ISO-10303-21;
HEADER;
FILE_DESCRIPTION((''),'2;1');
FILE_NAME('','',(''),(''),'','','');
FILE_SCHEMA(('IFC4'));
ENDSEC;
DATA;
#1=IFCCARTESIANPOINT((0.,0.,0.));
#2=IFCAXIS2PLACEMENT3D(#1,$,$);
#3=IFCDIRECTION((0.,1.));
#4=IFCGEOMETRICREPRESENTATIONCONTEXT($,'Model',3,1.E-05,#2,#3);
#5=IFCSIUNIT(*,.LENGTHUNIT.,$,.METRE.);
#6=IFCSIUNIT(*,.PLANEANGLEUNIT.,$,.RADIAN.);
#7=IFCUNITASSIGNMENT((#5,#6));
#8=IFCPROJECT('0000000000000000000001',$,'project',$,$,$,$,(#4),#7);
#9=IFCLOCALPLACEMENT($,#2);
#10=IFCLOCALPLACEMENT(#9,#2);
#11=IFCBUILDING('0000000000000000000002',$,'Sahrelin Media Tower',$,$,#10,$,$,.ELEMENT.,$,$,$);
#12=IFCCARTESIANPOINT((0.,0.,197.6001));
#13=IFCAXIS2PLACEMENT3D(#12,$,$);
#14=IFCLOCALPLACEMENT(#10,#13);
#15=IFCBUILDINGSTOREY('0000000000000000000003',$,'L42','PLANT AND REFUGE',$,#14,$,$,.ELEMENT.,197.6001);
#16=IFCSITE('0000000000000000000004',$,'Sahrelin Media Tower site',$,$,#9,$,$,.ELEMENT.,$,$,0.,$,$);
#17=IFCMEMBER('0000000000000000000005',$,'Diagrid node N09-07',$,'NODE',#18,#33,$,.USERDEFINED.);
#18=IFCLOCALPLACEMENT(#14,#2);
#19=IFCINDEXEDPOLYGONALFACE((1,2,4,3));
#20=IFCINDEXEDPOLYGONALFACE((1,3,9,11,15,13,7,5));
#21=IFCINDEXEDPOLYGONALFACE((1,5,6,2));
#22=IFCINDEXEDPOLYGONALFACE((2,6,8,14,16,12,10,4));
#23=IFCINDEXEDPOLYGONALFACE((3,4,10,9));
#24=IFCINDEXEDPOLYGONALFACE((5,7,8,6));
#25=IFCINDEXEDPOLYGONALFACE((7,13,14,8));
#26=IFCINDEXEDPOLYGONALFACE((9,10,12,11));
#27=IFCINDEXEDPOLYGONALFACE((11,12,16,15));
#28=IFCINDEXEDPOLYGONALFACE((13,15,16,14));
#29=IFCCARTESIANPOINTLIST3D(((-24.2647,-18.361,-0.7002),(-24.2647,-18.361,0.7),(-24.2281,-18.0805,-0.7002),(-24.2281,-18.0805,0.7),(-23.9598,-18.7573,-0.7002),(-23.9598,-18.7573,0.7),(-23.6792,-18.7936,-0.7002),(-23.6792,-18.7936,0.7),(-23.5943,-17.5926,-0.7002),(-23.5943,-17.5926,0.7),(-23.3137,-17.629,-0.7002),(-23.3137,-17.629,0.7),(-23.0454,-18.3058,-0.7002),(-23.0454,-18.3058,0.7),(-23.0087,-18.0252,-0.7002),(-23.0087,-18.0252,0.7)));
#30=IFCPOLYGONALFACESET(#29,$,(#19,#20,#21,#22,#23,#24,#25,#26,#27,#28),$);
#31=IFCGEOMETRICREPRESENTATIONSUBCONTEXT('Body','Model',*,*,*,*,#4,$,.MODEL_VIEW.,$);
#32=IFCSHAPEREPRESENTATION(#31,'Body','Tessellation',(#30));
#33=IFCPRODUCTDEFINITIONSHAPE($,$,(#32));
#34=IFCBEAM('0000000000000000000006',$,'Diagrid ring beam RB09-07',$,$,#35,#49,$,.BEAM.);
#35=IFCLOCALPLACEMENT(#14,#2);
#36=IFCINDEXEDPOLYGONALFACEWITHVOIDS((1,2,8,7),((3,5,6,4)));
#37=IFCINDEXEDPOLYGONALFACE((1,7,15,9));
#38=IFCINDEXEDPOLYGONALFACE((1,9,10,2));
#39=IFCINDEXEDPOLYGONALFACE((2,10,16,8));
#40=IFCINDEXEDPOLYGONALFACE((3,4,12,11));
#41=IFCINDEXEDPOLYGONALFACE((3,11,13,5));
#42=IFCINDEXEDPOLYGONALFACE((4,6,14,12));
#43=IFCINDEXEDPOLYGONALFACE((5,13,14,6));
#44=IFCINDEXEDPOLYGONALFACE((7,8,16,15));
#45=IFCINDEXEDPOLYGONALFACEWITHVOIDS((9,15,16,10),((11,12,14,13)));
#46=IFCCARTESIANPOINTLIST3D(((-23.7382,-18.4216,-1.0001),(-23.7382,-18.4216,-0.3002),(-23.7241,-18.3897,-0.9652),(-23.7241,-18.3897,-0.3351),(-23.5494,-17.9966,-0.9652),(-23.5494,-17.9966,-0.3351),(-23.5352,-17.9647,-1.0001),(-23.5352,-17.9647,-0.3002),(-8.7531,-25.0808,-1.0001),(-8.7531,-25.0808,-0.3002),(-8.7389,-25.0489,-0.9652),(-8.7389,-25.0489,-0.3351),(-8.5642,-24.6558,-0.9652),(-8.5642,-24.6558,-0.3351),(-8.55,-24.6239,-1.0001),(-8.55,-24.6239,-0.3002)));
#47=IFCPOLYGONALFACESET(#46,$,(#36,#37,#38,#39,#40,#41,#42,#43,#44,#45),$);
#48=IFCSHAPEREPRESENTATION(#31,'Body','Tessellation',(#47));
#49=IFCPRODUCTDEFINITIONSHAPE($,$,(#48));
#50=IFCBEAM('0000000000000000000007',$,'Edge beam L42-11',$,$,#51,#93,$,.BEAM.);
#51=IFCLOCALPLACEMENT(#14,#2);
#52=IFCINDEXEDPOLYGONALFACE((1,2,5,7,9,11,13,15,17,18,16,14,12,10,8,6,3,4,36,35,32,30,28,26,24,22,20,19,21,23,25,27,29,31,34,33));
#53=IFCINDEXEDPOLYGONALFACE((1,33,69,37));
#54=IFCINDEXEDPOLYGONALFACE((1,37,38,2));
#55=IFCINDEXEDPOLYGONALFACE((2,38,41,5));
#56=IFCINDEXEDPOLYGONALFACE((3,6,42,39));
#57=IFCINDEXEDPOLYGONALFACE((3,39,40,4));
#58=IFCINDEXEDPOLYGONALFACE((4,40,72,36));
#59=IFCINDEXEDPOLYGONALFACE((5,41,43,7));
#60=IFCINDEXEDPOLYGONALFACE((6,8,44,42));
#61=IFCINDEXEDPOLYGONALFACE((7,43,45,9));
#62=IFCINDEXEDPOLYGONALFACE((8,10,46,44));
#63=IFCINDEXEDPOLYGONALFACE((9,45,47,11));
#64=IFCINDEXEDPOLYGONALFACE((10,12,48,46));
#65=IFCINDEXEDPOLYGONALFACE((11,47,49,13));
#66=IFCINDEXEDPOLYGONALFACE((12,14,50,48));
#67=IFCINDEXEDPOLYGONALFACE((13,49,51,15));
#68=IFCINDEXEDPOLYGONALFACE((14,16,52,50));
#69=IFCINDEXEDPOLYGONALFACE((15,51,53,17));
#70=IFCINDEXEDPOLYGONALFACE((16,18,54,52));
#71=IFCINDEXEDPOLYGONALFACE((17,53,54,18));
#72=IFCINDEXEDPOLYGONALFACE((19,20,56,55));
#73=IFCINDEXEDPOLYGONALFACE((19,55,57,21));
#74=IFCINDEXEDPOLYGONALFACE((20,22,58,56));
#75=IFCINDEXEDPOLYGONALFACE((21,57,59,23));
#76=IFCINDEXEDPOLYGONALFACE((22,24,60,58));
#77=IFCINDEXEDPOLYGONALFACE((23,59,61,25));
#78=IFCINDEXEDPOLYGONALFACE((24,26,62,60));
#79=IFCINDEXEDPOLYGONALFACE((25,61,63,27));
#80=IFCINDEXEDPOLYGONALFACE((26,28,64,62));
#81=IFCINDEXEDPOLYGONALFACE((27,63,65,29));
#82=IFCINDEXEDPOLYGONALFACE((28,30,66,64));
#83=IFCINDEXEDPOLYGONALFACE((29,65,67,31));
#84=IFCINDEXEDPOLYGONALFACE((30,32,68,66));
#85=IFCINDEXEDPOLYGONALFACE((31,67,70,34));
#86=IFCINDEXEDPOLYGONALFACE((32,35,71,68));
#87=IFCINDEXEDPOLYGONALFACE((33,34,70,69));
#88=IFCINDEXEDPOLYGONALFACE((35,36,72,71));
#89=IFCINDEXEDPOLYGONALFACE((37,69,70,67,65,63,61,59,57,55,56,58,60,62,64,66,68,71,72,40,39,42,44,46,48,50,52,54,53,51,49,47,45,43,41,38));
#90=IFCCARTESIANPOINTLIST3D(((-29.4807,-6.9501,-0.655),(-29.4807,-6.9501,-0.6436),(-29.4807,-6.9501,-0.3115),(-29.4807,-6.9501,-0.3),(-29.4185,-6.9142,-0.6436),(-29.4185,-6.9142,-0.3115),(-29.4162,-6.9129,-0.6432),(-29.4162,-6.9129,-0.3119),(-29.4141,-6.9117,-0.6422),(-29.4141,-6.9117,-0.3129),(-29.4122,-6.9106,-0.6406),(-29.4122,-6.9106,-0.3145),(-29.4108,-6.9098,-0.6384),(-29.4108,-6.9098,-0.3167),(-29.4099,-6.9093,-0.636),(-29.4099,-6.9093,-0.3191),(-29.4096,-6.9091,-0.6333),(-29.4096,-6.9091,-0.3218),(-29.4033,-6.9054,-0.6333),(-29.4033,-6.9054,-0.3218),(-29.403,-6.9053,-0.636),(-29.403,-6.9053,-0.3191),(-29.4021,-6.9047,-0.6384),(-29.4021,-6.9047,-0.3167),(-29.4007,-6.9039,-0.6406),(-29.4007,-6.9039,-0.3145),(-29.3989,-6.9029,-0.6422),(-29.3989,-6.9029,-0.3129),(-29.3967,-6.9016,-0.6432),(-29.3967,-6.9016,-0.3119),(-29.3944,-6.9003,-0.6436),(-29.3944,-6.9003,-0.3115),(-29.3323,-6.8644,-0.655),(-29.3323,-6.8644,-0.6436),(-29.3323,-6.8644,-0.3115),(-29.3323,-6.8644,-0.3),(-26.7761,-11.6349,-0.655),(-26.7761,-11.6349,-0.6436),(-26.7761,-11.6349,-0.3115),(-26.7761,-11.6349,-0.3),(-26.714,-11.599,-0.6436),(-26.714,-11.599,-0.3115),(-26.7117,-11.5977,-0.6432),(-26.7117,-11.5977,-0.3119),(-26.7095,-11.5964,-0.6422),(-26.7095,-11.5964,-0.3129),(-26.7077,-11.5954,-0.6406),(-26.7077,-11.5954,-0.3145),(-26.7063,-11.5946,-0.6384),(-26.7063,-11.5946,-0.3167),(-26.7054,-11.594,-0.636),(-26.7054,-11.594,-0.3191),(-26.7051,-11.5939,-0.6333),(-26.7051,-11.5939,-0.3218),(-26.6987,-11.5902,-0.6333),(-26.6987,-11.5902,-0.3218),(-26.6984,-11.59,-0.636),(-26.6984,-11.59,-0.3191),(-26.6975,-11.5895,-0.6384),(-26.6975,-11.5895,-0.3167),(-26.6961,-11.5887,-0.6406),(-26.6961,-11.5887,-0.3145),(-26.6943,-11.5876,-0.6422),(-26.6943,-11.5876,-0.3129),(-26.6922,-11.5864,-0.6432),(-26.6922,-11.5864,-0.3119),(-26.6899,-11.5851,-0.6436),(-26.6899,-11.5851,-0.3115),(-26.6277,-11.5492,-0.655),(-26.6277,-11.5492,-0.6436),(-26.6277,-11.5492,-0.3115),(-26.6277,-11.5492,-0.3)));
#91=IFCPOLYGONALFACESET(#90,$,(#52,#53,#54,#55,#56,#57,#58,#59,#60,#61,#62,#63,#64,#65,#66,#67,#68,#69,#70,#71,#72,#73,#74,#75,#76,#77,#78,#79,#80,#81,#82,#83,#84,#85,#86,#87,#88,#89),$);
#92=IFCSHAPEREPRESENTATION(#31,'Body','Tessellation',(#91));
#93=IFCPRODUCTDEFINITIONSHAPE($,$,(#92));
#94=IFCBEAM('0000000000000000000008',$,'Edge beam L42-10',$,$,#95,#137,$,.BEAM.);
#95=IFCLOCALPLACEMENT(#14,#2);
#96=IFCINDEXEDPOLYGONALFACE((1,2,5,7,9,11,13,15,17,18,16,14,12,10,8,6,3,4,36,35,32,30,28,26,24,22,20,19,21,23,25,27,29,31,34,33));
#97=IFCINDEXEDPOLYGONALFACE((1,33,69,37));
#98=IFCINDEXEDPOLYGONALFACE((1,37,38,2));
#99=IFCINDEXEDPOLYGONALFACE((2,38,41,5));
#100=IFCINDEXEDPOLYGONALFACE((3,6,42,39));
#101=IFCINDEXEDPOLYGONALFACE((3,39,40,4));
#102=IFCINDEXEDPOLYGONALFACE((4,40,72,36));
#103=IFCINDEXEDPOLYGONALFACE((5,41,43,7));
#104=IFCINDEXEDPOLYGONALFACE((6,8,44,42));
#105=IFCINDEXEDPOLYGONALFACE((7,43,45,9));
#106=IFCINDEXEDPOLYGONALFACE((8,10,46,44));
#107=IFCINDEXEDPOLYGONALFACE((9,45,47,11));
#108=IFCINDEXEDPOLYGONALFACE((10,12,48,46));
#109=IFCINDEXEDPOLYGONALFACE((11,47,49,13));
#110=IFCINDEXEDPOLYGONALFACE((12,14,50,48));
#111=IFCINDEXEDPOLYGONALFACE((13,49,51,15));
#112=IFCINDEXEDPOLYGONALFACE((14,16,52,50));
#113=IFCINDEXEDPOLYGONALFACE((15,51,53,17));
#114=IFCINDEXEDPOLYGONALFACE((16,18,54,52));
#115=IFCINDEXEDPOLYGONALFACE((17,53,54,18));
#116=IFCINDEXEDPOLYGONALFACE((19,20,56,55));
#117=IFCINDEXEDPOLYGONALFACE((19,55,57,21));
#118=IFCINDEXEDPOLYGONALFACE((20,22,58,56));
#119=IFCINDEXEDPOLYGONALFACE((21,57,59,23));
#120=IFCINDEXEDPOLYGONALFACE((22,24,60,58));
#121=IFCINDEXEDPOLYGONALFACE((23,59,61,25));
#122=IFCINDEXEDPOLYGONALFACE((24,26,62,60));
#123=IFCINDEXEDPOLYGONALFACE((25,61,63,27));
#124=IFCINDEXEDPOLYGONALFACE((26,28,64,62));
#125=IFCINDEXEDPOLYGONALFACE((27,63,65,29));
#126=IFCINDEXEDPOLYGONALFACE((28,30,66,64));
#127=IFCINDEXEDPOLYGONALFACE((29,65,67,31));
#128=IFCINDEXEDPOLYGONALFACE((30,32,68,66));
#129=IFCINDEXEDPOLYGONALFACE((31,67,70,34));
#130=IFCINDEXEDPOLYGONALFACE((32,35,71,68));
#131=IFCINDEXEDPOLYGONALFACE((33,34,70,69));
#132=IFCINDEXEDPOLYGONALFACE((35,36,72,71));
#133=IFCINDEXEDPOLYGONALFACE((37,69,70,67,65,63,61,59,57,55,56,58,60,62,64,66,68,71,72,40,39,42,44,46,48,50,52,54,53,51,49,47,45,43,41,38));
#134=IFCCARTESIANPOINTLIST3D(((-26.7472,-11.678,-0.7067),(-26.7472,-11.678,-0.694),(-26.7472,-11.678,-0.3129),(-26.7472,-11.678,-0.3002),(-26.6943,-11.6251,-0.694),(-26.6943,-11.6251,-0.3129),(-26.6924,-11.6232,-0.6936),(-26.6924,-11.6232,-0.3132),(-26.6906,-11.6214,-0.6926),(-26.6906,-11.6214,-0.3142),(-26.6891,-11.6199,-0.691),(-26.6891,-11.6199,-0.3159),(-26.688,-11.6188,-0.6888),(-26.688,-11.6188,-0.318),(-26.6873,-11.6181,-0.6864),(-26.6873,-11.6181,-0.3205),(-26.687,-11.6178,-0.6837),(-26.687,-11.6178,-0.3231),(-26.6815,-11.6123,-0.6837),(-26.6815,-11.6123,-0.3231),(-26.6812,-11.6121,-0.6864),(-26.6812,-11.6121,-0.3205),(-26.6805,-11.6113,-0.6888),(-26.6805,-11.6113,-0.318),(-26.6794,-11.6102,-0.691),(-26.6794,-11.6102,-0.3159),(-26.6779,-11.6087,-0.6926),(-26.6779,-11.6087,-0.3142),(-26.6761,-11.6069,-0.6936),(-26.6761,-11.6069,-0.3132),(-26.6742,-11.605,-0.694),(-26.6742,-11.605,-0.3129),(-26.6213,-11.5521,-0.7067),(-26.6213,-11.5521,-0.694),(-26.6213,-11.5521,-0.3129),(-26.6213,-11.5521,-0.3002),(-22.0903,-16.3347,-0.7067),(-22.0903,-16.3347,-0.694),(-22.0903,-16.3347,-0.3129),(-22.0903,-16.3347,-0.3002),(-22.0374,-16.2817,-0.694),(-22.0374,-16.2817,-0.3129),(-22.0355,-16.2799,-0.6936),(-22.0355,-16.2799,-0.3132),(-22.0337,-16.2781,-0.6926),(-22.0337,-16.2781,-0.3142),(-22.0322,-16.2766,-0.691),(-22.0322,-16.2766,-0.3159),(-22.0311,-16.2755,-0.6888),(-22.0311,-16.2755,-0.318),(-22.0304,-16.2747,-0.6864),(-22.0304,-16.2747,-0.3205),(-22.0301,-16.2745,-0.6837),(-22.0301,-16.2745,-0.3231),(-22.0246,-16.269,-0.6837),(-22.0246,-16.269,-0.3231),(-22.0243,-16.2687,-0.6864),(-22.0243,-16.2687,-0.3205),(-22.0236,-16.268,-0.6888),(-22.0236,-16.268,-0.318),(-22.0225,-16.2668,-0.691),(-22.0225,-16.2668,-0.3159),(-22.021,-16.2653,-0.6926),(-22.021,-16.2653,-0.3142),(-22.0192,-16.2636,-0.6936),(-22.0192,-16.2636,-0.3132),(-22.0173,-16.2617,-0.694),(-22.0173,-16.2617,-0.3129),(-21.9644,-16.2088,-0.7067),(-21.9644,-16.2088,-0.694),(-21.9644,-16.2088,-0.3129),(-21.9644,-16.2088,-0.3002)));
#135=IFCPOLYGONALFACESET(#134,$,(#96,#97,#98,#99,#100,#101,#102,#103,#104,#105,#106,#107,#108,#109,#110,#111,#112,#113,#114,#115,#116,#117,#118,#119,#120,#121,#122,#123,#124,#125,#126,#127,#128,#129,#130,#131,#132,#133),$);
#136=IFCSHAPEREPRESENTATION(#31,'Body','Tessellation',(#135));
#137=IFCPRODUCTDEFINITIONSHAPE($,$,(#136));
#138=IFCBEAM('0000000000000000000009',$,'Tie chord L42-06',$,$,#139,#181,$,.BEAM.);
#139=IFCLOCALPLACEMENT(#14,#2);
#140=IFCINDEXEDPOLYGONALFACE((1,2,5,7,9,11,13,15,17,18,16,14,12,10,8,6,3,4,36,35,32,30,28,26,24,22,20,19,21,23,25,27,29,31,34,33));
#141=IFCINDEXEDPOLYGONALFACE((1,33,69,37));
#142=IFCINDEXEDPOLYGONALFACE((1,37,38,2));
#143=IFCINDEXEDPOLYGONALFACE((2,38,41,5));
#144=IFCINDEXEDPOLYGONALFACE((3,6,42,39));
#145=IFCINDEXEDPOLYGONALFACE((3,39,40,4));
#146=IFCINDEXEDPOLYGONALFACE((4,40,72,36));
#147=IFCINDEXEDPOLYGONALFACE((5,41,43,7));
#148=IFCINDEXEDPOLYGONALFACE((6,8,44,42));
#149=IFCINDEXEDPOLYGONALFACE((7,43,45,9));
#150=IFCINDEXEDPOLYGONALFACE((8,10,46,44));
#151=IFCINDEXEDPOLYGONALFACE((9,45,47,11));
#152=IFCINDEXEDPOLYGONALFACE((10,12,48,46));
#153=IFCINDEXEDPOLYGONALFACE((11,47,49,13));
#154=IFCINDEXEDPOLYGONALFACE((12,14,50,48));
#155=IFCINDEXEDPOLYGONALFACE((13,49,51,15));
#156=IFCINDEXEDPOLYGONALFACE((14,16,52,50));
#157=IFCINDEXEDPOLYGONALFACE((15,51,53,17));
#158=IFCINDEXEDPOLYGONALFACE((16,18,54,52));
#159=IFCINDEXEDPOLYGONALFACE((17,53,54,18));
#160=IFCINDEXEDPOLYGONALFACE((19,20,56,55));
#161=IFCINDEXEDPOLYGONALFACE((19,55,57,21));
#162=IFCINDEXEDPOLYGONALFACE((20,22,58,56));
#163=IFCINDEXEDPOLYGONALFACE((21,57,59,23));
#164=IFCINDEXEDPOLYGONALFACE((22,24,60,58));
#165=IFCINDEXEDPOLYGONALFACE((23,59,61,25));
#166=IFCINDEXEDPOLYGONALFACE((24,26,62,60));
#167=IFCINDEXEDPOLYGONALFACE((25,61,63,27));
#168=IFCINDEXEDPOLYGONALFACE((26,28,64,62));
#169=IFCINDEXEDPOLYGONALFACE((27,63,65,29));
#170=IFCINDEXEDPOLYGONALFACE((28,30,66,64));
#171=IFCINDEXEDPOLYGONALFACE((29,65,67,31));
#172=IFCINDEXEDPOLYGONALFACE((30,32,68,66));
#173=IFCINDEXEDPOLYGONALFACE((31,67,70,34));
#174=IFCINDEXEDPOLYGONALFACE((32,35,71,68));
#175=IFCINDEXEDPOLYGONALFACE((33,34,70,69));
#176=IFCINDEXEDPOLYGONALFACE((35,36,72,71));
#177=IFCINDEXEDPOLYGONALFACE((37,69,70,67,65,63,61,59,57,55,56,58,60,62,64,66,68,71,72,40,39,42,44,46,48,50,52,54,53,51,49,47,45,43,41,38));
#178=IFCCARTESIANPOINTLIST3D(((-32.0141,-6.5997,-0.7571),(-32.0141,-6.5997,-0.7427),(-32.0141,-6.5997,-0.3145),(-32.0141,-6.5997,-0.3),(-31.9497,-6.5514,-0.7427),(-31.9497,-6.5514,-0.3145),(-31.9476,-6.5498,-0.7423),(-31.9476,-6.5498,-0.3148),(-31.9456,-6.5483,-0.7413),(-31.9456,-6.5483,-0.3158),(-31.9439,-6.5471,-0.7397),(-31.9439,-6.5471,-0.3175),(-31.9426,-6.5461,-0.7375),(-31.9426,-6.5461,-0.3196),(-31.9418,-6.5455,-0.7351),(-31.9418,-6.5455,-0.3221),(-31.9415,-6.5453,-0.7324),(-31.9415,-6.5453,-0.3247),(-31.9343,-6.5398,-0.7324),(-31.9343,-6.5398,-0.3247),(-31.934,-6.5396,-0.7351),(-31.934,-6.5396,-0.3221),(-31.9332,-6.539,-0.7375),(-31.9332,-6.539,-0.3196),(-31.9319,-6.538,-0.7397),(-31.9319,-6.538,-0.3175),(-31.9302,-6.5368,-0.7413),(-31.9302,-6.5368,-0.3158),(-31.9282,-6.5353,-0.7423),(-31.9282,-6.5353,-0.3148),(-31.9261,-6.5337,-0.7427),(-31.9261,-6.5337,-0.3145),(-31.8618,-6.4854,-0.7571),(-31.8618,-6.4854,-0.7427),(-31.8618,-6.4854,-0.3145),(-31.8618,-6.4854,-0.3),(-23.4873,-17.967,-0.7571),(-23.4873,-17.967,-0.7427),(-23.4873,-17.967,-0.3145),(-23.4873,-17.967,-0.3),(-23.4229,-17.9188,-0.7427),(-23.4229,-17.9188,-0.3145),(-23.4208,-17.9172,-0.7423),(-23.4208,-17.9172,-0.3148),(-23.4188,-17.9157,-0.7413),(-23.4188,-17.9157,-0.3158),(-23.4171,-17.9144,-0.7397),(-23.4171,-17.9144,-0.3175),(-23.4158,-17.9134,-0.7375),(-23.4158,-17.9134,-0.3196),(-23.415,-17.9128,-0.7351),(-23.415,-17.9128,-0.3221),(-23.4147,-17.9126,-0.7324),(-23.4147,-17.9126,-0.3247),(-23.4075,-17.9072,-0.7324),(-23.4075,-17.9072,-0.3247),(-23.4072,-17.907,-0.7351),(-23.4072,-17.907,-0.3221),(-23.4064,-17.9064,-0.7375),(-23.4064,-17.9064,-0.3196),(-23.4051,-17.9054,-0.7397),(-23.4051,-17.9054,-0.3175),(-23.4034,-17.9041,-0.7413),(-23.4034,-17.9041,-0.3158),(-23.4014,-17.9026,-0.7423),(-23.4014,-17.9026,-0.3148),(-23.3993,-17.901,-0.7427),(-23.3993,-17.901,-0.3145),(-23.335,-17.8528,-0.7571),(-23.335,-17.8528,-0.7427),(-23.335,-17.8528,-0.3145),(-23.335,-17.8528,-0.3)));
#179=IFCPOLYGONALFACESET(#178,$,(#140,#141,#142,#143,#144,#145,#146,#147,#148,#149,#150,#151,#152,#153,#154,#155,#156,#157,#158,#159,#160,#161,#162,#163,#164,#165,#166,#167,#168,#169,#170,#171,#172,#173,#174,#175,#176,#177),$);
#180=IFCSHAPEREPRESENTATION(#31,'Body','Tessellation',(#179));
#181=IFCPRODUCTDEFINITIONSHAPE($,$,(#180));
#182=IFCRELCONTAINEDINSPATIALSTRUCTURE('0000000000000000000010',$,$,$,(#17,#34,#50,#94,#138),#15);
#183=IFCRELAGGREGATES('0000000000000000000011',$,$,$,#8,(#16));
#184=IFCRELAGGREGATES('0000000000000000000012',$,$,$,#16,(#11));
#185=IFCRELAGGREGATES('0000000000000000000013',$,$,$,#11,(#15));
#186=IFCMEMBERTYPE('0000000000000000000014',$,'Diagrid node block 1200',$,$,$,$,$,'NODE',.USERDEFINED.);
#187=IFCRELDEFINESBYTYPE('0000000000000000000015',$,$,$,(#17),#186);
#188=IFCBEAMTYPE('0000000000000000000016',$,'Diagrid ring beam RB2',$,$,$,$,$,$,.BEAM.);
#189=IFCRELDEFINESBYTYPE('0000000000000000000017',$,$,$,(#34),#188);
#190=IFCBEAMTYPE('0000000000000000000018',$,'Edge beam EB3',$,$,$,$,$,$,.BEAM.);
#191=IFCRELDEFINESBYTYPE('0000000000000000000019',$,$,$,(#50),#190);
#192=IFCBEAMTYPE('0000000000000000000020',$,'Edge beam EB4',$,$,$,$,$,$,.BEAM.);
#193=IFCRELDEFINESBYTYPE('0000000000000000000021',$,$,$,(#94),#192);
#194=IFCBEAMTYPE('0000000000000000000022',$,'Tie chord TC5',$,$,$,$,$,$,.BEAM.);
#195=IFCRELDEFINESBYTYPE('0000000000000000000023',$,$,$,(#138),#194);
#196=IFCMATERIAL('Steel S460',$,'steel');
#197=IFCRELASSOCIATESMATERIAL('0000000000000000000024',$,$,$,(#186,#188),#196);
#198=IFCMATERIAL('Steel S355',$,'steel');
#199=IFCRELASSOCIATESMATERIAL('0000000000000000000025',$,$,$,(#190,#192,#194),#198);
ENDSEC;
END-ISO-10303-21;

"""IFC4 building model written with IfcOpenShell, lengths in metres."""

from ifc_helpers import new_model, si_unit, direction, frame, origin, origin_2d, place, context, subcontext, project, spatial, polyline, hollow_rectangle, i_section, outline, extrude, material, material_profile, profile_set, type_object, element, save


model = new_model("IFC4")

# Units and contexts
model_context = context("Model", 3, precision=1e-05, world=origin(), true_north=direction((0.0, 1.0)))
body_context = subcontext(model_context, "Body", "Model", "MODEL_VIEW")
ifc_project = project(units=[si_unit("LENGTHUNIT", "METRE"), si_unit("PLANEANGLEUNIT", "RADIAN")], contexts=[model_context])

# Site, building, storey
site_placement = place(None, origin())
site = spatial("IfcSite", under=ifc_project, at=site_placement, Name="Sahrelin Media Tower site", CompositionType="ELEMENT", RefElevation=0.0)
building_placement = place(site_placement, origin())
building = spatial("IfcBuilding", under=site, at=building_placement, Name="Sahrelin Media Tower", CompositionType="ELEMENT")
storey_placement = place(building_placement, frame((0.0, 0.0, 197.6001)))
storey = spatial("IfcBuildingStorey", under=building, at=storey_placement, Name="L42", Description="PLANT AND REFUGE", CompositionType="ELEMENT", Elevation=197.6001)

# Member
ifc_material_1 = material(Name="Steel S460", Category="steel")
ifc_material_profile_1 = material_profile(ifc_material_1, outline(polyline([(0.3999, -0.45), (0.6001, -0.25), (0.6001, 0.25), (0.3999, 0.45), (-0.3999, 0.45), (-0.6001, 0.25), (-0.6001, -0.25), (-0.3999, -0.45), (0.3999, -0.45)])), Name="Diagrid node block 1200")
ifc_profile_set_1 = profile_set([ifc_material_profile_1], Name="Steel S460")
member_type_1 = type_object("IfcMemberType", Name="Diagrid node block 1200", ElementType="NODE", PredefinedType="USERDEFINED", material=ifc_profile_set_1)
member_1_placement = place(storey_placement, frame((-23.6367, -18.1931, -0.7002), z_axis=(0.0, 0.0, 1.0), x_axis=(-0.792446, -0.609942, 0.0)))
element("IfcMember", 1, at=member_1_placement, inside=storey, type_object=member_type_1, Name="Diagrid node N09-07", ObjectType="NODE", PredefinedType="USERDEFINED", context=body_context, shape_type="SweptSolid", body=[
    extrude(outline(polyline([(0.3999, -0.45), (0.6001, -0.25), (0.6001, 0.25), (0.3999, 0.45), (-0.3999, 0.45), (-0.6001, 0.25), (-0.6001, -0.25), (-0.3999, -0.45), (0.3999, -0.45)])), origin(), (0.0, 0.0, 1.0), 1.4001),
])

# Beams
ifc_material_profile_2 = material_profile(ifc_material_1, hollow_rectangle(XDim=0.5, YDim=0.7, WallThickness=0.0349, at=origin_2d()), Name="Diagrid ring beam RB2")
ifc_profile_set_2 = profile_set([ifc_material_profile_2], Name="Steel S460")
beam_type_1 = type_object("IfcBeamType", Name="Diagrid ring beam RB2", PredefinedType="BEAM", material=ifc_profile_set_2)
beam_1_placement = place(storey_placement, frame((-23.6367, -18.1931, -0.6501), z_axis=(0.913831, -0.406094, 0.0), x_axis=(0.406094, 0.913831, 0.0)))
element("IfcBeam", 2, at=beam_1_placement, inside=storey, type_object=beam_type_1, Name="Diagrid ring beam RB09-07", PredefinedType="BEAM", context=body_context, shape_type="SweptSolid", body=[
    extrude(hollow_rectangle(XDim=0.5, YDim=0.7, WallThickness=0.0349, at=origin_2d()), origin(), (0.0, 0.0, 1.0), 16.3982),
])
ifc_material_2 = material(Name="Steel S355", Category="steel")
ifc_material_profile_3 = material_profile(ifc_material_2, i_section(OverallWidth=0.1714, OverallDepth=0.355, WebThickness=0.0073, FlangeThickness=0.0115, FilletRadius=0.0103, at=origin_2d()), Name="UB 356x171x51")
ifc_profile_set_3 = profile_set([ifc_material_profile_3], Name="Steel S355")
beam_type_2 = type_object("IfcBeamType", Name="Edge beam EB3", PredefinedType="BEAM", material=ifc_profile_set_3)
beam_2_placement = place(storey_placement, frame((-26.7019, -11.592, -0.4775), z_axis=(-0.499974, 0.866041, 0.0), x_axis=(-0.866041, -0.499974, 0.0)))
element("IfcBeam", 3, at=beam_2_placement, inside=storey, type_object=beam_type_2, Name="Edge beam L42-11", PredefinedType="BEAM", context=body_context, shape_type="SweptSolid", body=[
    extrude(i_section(OverallWidth=0.1714, OverallDepth=0.355, WebThickness=0.0073, FlangeThickness=0.0115, FilletRadius=0.0103, at=origin_2d()), origin(), (0.0, 0.0, 1.0), 5.4094),
])
ifc_material_profile_4 = material_profile(ifc_material_2, i_section(OverallWidth=0.178, OverallDepth=0.4065, WebThickness=0.0078, FlangeThickness=0.0127, FilletRadius=0.0103, at=origin_2d()), Name="UB 406x178x60")
ifc_profile_set_4 = profile_set([ifc_material_profile_4], Name="Steel S355")
beam_type_3 = type_object("IfcBeamType", Name="Edge beam EB4", PredefinedType="BEAM", material=ifc_profile_set_4)
beam_3_placement = place(storey_placement, frame((-22.0273, -16.2717, -0.5034), z_axis=(-0.707125, 0.707088, 0.0), x_axis=(-0.707088, -0.707125, 0.0)))
element("IfcBeam", 4, at=beam_3_placement, inside=storey, type_object=beam_type_3, Name="Edge beam L42-10", PredefinedType="BEAM", context=body_context, shape_type="SweptSolid", body=[
    extrude(i_section(OverallWidth=0.178, OverallDepth=0.4065, WebThickness=0.0078, FlangeThickness=0.0127, FilletRadius=0.0103, at=origin_2d()), origin(), (0.0, 0.0, 1.0), 6.5857),
])
ifc_material_profile_5 = material_profile(ifc_material_2, i_section(OverallWidth=0.1904, OverallDepth=0.457, WebThickness=0.009, FlangeThickness=0.0144, FilletRadius=0.0103, at=origin_2d()), Name="UB 457x191x74")
ifc_profile_set_5 = profile_set([ifc_material_profile_5], Name="Steel S355")
beam_type_4 = type_object("IfcBeamType", Name="Tie chord TC5", PredefinedType="BEAM", material=ifc_profile_set_5)
beam_4_placement = place(storey_placement, frame((-23.4111, -17.9099, -0.5286), z_axis=(-0.600058, 0.799957, 0.0), x_axis=(-0.799957, -0.600058, 0.0)))
element("IfcBeam", 5, at=beam_4_placement, inside=storey, type_object=beam_type_4, Name="Tie chord L42-06", PredefinedType="BEAM", context=body_context, shape_type="SweptSolid", body=[
    extrude(i_section(OverallWidth=0.1904, OverallDepth=0.457, WebThickness=0.009, FlangeThickness=0.0144, FilletRadius=0.0103, at=origin_2d()), origin(), (0.0, 0.0, 1.0), 14.21),
])

save(model, "model.ifc")
